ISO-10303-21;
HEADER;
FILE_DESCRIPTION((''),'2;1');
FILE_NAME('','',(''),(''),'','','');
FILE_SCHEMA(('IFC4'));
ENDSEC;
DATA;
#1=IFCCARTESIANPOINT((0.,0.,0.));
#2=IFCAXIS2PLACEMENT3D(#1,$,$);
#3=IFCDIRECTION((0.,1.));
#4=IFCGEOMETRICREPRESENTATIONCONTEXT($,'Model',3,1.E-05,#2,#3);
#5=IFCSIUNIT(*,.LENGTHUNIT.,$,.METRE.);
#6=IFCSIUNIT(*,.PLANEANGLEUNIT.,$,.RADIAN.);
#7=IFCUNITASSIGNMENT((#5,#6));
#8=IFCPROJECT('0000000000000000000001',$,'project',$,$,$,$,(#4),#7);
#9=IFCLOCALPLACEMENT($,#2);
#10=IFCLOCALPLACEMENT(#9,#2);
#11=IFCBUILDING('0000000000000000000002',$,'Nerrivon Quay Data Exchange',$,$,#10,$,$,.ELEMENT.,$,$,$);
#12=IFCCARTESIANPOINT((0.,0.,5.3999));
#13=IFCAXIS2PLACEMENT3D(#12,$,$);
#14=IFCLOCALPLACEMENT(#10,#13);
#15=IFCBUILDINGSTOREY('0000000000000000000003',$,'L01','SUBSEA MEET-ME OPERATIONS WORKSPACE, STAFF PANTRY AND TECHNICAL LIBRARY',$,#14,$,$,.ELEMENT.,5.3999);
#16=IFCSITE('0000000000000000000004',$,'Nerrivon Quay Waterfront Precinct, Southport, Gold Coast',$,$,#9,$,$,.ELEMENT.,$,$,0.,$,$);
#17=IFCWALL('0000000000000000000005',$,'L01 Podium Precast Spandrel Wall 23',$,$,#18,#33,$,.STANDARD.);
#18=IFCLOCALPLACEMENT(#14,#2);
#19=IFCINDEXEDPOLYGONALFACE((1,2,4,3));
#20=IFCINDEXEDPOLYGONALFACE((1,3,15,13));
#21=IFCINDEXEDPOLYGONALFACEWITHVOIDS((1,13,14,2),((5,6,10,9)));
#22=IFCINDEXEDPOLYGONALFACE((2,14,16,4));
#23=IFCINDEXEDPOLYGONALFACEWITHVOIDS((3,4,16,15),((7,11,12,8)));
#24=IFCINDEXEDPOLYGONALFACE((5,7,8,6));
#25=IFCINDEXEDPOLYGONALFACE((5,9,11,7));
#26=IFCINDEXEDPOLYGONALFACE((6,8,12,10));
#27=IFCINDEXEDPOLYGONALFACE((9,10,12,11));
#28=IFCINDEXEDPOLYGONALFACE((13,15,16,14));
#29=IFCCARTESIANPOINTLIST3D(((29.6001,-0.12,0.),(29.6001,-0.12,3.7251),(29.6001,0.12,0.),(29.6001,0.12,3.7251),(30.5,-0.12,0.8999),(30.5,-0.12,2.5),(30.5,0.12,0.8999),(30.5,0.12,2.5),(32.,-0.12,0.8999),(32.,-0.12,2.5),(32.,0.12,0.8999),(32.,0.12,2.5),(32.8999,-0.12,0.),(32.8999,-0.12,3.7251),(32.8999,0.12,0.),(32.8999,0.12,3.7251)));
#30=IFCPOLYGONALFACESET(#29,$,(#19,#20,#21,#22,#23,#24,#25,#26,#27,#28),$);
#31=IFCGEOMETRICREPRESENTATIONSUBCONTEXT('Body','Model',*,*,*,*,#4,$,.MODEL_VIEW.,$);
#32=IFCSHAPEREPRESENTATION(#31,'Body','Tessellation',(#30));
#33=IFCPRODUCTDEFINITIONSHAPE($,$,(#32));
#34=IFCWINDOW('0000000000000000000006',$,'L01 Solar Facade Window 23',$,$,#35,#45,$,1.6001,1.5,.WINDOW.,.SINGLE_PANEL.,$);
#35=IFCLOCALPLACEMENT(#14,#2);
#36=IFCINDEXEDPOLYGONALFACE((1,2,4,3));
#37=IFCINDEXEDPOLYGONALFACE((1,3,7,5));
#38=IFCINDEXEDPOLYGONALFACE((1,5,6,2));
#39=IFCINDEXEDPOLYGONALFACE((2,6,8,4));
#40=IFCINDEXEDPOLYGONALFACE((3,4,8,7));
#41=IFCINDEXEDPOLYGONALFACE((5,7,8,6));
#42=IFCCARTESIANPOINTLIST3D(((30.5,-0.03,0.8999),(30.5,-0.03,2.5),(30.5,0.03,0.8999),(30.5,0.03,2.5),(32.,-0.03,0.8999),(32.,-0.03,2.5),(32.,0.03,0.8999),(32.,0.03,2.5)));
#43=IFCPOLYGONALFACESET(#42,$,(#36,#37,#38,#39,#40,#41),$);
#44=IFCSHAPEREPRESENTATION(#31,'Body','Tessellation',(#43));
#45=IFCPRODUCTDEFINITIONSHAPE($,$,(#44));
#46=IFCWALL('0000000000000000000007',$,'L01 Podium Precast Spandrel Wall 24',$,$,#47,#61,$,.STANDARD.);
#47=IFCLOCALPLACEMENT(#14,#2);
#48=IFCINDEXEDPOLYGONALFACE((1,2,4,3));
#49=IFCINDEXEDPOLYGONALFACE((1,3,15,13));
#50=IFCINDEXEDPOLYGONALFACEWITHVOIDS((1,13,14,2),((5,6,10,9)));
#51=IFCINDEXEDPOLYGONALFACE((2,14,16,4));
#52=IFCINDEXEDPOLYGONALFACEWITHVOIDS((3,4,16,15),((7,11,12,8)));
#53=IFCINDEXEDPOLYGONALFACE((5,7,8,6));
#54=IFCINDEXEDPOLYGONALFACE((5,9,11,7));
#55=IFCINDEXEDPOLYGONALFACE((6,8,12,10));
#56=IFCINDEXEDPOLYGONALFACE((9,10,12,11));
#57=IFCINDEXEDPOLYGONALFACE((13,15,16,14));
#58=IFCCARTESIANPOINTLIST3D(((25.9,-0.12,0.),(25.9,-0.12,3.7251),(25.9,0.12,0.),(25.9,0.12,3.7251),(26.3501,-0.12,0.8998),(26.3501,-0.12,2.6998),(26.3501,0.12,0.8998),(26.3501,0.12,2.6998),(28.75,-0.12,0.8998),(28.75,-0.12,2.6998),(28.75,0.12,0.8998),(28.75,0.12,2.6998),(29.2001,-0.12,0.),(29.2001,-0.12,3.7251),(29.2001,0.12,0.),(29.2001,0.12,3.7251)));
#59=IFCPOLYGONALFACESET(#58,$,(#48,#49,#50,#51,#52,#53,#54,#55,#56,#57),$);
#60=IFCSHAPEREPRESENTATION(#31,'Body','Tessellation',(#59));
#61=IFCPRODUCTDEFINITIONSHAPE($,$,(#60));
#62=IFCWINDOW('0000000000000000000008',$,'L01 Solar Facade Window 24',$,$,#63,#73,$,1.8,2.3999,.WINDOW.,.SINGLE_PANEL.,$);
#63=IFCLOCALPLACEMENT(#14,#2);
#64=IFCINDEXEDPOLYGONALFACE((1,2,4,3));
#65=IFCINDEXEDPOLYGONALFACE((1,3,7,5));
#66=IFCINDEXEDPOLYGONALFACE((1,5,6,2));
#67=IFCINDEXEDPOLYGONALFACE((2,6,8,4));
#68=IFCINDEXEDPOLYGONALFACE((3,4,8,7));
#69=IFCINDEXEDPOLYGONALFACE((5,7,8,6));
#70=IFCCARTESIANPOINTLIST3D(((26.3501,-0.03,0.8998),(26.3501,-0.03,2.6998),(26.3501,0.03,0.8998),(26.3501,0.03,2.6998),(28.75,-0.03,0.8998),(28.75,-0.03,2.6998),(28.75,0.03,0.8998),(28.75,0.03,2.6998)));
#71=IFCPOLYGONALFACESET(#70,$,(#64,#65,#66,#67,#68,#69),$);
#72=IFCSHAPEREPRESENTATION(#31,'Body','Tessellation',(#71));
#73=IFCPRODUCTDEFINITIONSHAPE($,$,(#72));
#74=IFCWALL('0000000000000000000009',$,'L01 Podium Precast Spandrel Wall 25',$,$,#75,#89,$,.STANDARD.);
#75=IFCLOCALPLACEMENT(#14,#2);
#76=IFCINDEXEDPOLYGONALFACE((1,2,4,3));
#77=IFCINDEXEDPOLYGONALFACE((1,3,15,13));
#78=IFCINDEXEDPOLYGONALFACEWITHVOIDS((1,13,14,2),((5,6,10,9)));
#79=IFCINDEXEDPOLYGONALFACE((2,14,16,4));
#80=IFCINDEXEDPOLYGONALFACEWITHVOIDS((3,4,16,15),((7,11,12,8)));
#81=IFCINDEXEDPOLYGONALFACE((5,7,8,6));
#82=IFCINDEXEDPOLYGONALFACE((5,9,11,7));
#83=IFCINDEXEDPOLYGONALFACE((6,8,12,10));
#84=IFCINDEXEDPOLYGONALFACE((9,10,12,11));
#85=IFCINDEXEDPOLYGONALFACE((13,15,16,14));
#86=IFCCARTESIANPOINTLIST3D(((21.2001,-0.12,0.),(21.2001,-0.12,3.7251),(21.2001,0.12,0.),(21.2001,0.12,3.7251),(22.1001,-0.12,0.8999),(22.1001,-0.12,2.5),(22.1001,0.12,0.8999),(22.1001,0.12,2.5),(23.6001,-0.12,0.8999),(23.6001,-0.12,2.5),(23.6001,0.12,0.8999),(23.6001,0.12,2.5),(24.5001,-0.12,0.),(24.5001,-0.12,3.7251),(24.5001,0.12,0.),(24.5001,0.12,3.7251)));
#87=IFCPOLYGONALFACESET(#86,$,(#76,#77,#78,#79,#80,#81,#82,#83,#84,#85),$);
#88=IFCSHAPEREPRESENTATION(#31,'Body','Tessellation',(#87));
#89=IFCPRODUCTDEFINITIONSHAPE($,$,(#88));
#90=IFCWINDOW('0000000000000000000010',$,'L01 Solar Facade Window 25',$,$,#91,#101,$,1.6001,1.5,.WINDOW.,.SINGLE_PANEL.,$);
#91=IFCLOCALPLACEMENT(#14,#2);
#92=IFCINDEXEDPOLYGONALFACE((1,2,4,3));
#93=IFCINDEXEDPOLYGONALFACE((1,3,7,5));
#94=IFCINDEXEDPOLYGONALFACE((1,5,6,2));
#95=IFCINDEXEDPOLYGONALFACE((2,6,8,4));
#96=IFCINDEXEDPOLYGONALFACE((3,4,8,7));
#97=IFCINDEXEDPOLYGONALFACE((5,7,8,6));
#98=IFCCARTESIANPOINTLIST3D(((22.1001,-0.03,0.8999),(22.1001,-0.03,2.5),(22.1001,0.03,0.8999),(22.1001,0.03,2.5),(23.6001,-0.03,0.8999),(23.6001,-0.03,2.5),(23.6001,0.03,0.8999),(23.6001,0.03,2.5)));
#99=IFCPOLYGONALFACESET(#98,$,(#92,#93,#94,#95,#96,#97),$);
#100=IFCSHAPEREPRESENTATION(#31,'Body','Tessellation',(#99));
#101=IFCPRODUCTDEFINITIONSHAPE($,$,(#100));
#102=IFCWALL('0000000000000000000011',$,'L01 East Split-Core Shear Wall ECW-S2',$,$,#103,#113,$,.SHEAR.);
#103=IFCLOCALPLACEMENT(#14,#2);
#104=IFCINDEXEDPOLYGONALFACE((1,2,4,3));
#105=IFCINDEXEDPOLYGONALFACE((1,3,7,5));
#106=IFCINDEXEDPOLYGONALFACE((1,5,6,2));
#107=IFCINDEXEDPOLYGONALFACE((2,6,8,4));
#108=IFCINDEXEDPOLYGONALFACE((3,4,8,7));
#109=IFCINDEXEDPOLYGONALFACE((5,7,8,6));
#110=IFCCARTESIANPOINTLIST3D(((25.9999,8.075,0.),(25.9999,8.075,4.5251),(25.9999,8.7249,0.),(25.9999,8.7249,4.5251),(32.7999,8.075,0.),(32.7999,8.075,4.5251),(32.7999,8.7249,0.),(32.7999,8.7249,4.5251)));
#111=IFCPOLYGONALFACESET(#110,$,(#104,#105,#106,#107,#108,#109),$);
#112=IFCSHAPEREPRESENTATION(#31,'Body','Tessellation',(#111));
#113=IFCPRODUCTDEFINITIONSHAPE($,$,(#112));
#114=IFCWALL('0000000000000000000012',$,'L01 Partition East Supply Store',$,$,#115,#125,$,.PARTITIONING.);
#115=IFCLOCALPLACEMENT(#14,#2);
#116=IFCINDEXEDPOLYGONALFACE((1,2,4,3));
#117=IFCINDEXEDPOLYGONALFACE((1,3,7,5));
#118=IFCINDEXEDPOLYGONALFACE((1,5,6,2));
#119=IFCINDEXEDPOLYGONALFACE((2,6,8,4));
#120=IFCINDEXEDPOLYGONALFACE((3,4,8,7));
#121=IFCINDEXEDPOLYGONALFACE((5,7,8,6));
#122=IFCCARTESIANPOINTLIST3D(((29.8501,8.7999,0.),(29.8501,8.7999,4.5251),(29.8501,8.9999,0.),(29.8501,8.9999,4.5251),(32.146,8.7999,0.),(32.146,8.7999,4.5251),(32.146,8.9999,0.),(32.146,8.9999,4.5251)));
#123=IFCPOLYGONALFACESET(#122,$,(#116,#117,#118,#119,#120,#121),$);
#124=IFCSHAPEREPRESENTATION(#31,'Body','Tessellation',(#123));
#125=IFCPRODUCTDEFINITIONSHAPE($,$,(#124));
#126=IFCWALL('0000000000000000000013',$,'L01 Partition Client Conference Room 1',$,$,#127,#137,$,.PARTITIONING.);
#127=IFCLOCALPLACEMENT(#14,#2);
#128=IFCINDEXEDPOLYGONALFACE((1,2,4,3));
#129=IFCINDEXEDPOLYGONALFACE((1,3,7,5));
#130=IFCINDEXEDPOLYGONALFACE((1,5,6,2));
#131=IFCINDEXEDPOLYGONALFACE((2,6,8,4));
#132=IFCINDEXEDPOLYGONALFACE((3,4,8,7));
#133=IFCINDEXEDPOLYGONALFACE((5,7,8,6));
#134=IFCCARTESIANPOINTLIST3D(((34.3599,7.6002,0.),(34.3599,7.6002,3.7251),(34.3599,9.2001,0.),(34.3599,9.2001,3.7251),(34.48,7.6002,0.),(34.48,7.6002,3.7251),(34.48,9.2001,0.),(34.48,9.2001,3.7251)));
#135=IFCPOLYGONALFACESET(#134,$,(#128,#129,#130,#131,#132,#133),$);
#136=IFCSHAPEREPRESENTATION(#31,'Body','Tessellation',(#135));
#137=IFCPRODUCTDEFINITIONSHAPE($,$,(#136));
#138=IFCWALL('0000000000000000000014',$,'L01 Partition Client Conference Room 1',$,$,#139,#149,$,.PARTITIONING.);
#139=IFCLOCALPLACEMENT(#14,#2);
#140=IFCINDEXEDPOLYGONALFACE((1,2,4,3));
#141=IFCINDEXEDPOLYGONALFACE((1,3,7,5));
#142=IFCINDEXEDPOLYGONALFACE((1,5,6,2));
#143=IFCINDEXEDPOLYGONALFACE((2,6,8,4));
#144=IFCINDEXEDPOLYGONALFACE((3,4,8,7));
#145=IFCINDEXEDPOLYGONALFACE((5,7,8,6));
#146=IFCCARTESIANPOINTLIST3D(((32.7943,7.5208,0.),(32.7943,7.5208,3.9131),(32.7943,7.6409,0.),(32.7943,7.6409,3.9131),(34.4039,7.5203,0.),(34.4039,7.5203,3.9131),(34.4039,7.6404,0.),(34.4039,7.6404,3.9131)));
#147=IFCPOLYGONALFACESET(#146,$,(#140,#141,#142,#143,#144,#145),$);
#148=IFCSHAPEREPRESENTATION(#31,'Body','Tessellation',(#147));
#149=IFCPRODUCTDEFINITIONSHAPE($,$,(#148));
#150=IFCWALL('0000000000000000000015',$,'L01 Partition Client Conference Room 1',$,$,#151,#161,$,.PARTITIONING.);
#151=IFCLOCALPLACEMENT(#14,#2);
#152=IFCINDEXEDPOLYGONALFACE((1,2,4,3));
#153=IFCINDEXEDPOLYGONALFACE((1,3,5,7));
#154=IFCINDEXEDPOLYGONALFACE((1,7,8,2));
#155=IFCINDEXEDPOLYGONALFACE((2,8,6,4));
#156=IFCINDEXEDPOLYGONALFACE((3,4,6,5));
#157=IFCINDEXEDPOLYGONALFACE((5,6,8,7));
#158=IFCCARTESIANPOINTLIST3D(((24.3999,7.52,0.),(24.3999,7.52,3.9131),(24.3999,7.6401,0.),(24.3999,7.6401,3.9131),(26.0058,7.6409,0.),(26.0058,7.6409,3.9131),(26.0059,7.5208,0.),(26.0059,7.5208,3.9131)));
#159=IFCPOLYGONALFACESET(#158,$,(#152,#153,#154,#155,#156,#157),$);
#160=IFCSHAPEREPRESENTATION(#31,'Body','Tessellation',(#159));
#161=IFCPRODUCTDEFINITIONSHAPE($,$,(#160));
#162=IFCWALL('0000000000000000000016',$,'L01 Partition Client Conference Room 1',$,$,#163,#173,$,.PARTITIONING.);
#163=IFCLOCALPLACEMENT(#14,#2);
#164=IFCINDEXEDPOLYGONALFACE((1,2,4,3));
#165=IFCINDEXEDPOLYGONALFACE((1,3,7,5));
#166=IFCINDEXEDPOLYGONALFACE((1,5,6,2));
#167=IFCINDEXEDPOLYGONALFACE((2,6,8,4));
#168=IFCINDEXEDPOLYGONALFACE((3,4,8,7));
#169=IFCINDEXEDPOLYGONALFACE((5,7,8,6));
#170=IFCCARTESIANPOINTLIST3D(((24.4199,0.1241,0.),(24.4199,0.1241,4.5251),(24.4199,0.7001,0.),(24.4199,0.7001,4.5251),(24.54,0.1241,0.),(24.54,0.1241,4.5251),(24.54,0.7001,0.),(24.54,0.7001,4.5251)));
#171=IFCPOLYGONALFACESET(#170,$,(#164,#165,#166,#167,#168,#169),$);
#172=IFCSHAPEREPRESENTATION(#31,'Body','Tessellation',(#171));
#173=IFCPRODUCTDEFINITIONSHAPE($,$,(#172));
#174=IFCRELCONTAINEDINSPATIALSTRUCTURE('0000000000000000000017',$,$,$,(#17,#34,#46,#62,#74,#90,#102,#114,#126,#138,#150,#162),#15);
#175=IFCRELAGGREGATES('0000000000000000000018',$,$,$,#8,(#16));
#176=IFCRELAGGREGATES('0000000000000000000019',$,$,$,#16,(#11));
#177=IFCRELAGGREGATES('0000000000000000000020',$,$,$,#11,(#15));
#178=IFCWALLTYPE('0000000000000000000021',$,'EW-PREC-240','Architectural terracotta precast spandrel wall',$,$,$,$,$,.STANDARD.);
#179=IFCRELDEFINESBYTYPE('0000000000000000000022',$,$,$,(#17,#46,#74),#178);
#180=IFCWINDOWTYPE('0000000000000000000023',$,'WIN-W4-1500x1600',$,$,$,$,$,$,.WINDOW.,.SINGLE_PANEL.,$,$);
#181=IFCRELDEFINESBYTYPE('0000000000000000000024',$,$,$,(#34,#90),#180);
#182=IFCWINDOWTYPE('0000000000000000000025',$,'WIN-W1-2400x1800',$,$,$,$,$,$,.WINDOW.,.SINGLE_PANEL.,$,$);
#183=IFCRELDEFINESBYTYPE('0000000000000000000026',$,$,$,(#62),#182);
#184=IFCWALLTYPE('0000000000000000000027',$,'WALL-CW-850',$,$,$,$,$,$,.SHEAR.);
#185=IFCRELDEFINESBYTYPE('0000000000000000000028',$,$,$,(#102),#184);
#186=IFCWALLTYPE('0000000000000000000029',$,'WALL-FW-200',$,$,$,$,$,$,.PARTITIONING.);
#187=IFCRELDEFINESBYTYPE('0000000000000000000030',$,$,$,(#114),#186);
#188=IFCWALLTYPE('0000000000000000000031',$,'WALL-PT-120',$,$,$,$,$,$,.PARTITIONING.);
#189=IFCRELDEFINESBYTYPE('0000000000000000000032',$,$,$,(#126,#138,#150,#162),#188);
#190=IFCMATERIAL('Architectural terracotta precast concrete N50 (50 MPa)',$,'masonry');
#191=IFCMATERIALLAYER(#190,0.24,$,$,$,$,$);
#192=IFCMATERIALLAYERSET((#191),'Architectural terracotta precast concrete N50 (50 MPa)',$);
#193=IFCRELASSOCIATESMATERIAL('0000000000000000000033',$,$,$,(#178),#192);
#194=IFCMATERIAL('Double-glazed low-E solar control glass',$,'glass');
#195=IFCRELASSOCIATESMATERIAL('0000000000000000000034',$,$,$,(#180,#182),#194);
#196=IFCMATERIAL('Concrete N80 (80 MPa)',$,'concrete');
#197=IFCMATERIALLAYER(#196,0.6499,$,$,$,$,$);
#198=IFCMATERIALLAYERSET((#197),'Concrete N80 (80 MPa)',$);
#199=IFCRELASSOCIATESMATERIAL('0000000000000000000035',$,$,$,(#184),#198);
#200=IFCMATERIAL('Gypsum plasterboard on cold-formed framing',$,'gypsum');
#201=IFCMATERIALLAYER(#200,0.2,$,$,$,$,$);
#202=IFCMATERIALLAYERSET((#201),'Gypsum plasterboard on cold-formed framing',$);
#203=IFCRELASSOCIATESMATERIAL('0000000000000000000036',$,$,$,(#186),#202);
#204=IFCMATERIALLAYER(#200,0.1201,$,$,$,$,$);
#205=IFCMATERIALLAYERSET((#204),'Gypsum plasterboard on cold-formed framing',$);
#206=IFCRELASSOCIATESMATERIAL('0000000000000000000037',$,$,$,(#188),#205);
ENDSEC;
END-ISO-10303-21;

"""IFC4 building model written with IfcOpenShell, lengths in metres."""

from ifc_helpers import new_model, si_unit, direction, frame, frame_2d, origin, place, context, subcontext, project, spatial, rectangle, extrude, material, layer, layer_set, type_object, element, fill, save


model = new_model("IFC4")

# Units and contexts
model_context = context("Model", 3, precision=1e-05, world=origin(), true_north=direction((0.0, 1.0)))
body_context = subcontext(model_context, "Body", "Model", "MODEL_VIEW")
ifc_project = project(units=[si_unit("LENGTHUNIT", "METRE"), si_unit("PLANEANGLEUNIT", "RADIAN")], contexts=[model_context])

# Site, building, storey
site_placement = place(None, origin())
site = spatial("IfcSite", under=ifc_project, at=site_placement, Name="Nerrivon Quay Waterfront Precinct, Southport, Gold Coast", CompositionType="ELEMENT", RefElevation=0.0)
building_placement = place(site_placement, origin())
building = spatial("IfcBuilding", under=site, at=building_placement, Name="Nerrivon Quay Data Exchange", CompositionType="ELEMENT")
storey_placement = place(building_placement, frame((0.0, 0.0, 5.3999)))
storey = spatial("IfcBuildingStorey", under=building, at=storey_placement, Name="L01", Description="SUBSEA MEET-ME OPERATIONS WORKSPACE, STAFF PANTRY AND TECHNICAL LIBRARY", CompositionType="ELEMENT", Elevation=5.3999)

# Shared definitions
ifc_material_1 = material(Name="Concrete N80 (80 MPa)", Category="concrete")

# Walls, openings, windows
ifc_material_2 = material(Name="Architectural terracotta precast concrete N50 (50 MPa)", Category="masonry")
ifc_layer_1 = layer(ifc_material_2, 0.24)
ifc_layer_set_1 = layer_set([ifc_layer_1], Name="Architectural terracotta precast concrete N50 (50 MPa)")
wall_type_1 = type_object("IfcWallType", Name="EW-PREC-240", Description="Architectural terracotta precast spandrel wall", PredefinedType="STANDARD", material=ifc_layer_set_1)
wall_1_placement = place(storey_placement, frame((32.8999, 0.0, 0.0), z_axis=(0.0, 0.0, 1.0), x_axis=(-1.0, 0.0, 0.0)))
wall_1 = element("IfcWall", 1, at=wall_1_placement, inside=storey, type_object=wall_type_1, Name="L01 Podium Precast Spandrel Wall 23", PredefinedType="STANDARD", context=body_context, shape_type="SweptSolid", body=[
    extrude(rectangle(XDim=3.2998, YDim=0.24, at=frame_2d((1.6499, 0.0))), origin(), (0.0, 0.0, 1.0), 3.7251),
])
opening_1_placement = place(wall_1_placement, frame((0.8999, 0.0, 0.8999)))
opening_1 = element("IfcOpeningElement", 2, at=opening_1_placement, cuts=wall_1, PredefinedType="OPENING", context=body_context, shape_type="SweptSolid", body=[
    extrude(rectangle(XDim=1.5, YDim=1.6001, at=frame_2d((0.75, 0.8))), frame((0.0, 0.1299, 0.0), z_axis=(0.0, -1.0, 0.0), x_axis=(1.0, 0.0, 0.0)), (0.0, 0.0, 1.0), 0.26),
])
ifc_material_3 = material(Name="Double-glazed low-E solar control glass", Category="glass")
window_type_1 = type_object("IfcWindowType", Name="WIN-W4-1500x1600", PartitioningType="SINGLE_PANEL", PredefinedType="WINDOW", material=ifc_material_3)
window_1_placement = place(opening_1_placement, origin())
window_1 = element("IfcWindow", 3, at=window_1_placement, inside=storey, type_object=window_type_1, Name="L01 Solar Facade Window 23", OverallHeight=1.6001, OverallWidth=1.5, PartitioningType="SINGLE_PANEL", PredefinedType="WINDOW", context=body_context, shape_type="SweptSolid", body=[
    extrude(rectangle(XDim=1.5, YDim=1.6001, at=frame_2d((0.75, 0.8))), frame((0.0, 0.03, 0.0), z_axis=(0.0, -1.0, 0.0), x_axis=(1.0, 0.0, 0.0)), (0.0, 0.0, 1.0), 0.0601),
])
fill(opening_1, window_1)
wall_2_placement = place(storey_placement, frame((29.2, 0.0, 0.0), z_axis=(0.0, 0.0, 1.0), x_axis=(-1.0, 0.0, 0.0)))
wall_2 = element("IfcWall", 4, at=wall_2_placement, inside=storey, type_object=wall_type_1, Name="L01 Podium Precast Spandrel Wall 24", PredefinedType="STANDARD", context=body_context, shape_type="SweptSolid", body=[
    extrude(rectangle(XDim=3.3, YDim=0.24, at=frame_2d((1.6499, 0.0))), origin(), (0.0, 0.0, 1.0), 3.7251),
])
opening_2_placement = place(wall_2_placement, frame((0.45, 0.0, 0.8999)))
opening_2 = element("IfcOpeningElement", 5, at=opening_2_placement, cuts=wall_2, PredefinedType="OPENING", context=body_context, shape_type="SweptSolid", body=[
    extrude(rectangle(XDim=2.3999, YDim=1.8, at=frame_2d((1.2, 0.8999))), frame((0.0, 0.1299, 0.0), z_axis=(0.0, -1.0, 0.0), x_axis=(1.0, 0.0, 0.0)), (0.0, 0.0, 1.0), 0.26),
])
window_type_2 = type_object("IfcWindowType", Name="WIN-W1-2400x1800", PartitioningType="SINGLE_PANEL", PredefinedType="WINDOW", material=ifc_material_3)
window_2_placement = place(opening_2_placement, origin())
window_2 = element("IfcWindow", 6, at=window_2_placement, inside=storey, type_object=window_type_2, Name="L01 Solar Facade Window 24", OverallHeight=1.8, OverallWidth=2.3999, PartitioningType="SINGLE_PANEL", PredefinedType="WINDOW", context=body_context, shape_type="SweptSolid", body=[
    extrude(rectangle(XDim=2.3999, YDim=1.8, at=frame_2d((1.2, 0.8999))), frame((0.0, 0.03, 0.0), z_axis=(0.0, -1.0, 0.0), x_axis=(1.0, 0.0, 0.0)), (0.0, 0.0, 1.0), 0.0601),
])
fill(opening_2, window_2)
wall_3_placement = place(storey_placement, frame((24.5, 0.0, 0.0), z_axis=(0.0, 0.0, 1.0), x_axis=(-1.0, 0.0, 0.0)))
wall_3 = element("IfcWall", 7, at=wall_3_placement, inside=storey, type_object=wall_type_1, Name="L01 Podium Precast Spandrel Wall 25", PredefinedType="STANDARD", context=body_context, shape_type="SweptSolid", body=[
    extrude(rectangle(XDim=3.3, YDim=0.24, at=frame_2d((1.6499, 0.0))), origin(), (0.0, 0.0, 1.0), 3.7251),
])
opening_3_placement = place(wall_3_placement, frame((0.8999, 0.0, 0.8999)))
opening_3 = element("IfcOpeningElement", 8, at=opening_3_placement, cuts=wall_3, PredefinedType="OPENING", context=body_context, shape_type="SweptSolid", body=[
    extrude(rectangle(XDim=1.5, YDim=1.6001, at=frame_2d((0.75, 0.8))), frame((0.0, 0.1299, 0.0), z_axis=(0.0, -1.0, 0.0), x_axis=(1.0, 0.0, 0.0)), (0.0, 0.0, 1.0), 0.26),
])
window_3_placement = place(opening_3_placement, origin())
window_3 = element("IfcWindow", 9, at=window_3_placement, inside=storey, type_object=window_type_1, Name="L01 Solar Facade Window 25", OverallHeight=1.6001, OverallWidth=1.5, PartitioningType="SINGLE_PANEL", PredefinedType="WINDOW", context=body_context, shape_type="SweptSolid", body=[
    extrude(rectangle(XDim=1.5, YDim=1.6001, at=frame_2d((0.75, 0.8))), frame((0.0, 0.03, 0.0), z_axis=(0.0, -1.0, 0.0), x_axis=(1.0, 0.0, 0.0)), (0.0, 0.0, 1.0), 0.0601),
])
fill(opening_3, window_3)

# Wall
ifc_layer_2 = layer(ifc_material_1, 0.6499)
ifc_layer_set_2 = layer_set([ifc_layer_2], Name="Concrete N80 (80 MPa)")
wall_type_2 = type_object("IfcWallType", Name="WALL-CW-850", PredefinedType="SHEAR", material=ifc_layer_set_2)
wall_4_placement = place(storey_placement, frame((26.0, 8.3999, 0.0), z_axis=(0.0, 0.0, 1.0), x_axis=(1.0, 0.0, 0.0)))
element("IfcWall", 10, at=wall_4_placement, inside=storey, type_object=wall_type_2, Name="L01 East Split-Core Shear Wall ECW-S2", PredefinedType="SHEAR", context=body_context, shape_type="SweptSolid", body=[
    extrude(rectangle(XDim=6.8, YDim=0.6499, at=frame_2d((3.3999, 0.0))), origin(), (0.0, 0.0, 1.0), 4.5251),
])

# Walls
ifc_material_4 = material(Name="Gypsum plasterboard on cold-formed framing", Category="gypsum")
ifc_layer_3 = layer(ifc_material_4, 0.2)
ifc_layer_set_3 = layer_set([ifc_layer_3], Name="Gypsum plasterboard on cold-formed framing")
wall_type_3 = type_object("IfcWallType", Name="WALL-FW-200", PredefinedType="PARTITIONING", material=ifc_layer_set_3)
wall_5_placement = place(storey_placement, frame((29.8501, 8.8999, 0.0), z_axis=(0.0, 0.0, 1.0), x_axis=(1.0, 0.0, 0.0)))
element("IfcWall", 11, at=wall_5_placement, inside=storey, type_object=wall_type_3, Name="L01 Partition East Supply Store", PredefinedType="PARTITIONING", context=body_context, shape_type="SweptSolid", body=[
    extrude(rectangle(XDim=2.2959, YDim=0.2, at=frame_2d((1.1479, 0.0))), origin(), (0.0, 0.0, 1.0), 4.5251),
])
ifc_layer_4 = layer(ifc_material_4, 0.1201)
ifc_layer_set_4 = layer_set([ifc_layer_4], Name="Gypsum plasterboard on cold-formed framing")
wall_type_4 = type_object("IfcWallType", Name="WALL-PT-120", PredefinedType="PARTITIONING", material=ifc_layer_set_4)
wall_6_placement = place(storey_placement, frame((34.4199, 9.2, 0.0), z_axis=(0.0, 0.0, 1.0), x_axis=(0.0, -1.0, 0.0)))
element("IfcWall", 12, at=wall_6_placement, inside=storey, type_object=wall_type_4, Name="L01 Partition Client Conference Room 1", PredefinedType="PARTITIONING", context=body_context, shape_type="SweptSolid", body=[
    extrude(rectangle(XDim=1.5999, YDim=0.1201, at=frame_2d((0.7998, 0.0))), origin(), (0.0, 0.0, 1.0), 3.7251),
])
wall_7_placement = place(storey_placement, frame((34.4038, 7.5803, 0.0), z_axis=(0.0, 0.0, 1.0), x_axis=(-1.0, 0.000303, 0.0)))
element("IfcWall", 13, at=wall_7_placement, inside=storey, type_object=wall_type_4, Name="L01 Partition Client Conference Room 1", PredefinedType="PARTITIONING", context=body_context, shape_type="SweptSolid", body=[
    extrude(rectangle(XDim=1.6096, YDim=0.1201, at=frame_2d((0.8047, 0.0))), origin(), (0.0, 0.0, 1.0), 3.9131),
])
wall_8_placement = place(storey_placement, frame((26.0059, 7.5808, 0.0), z_axis=(0.0, 0.0, 1.0), x_axis=(-1.0, -0.000456, 0.0)))
element("IfcWall", 14, at=wall_8_placement, inside=storey, type_object=wall_type_4, Name="L01 Partition Client Conference Room 1", PredefinedType="PARTITIONING", context=body_context, shape_type="SweptSolid", body=[
    extrude(rectangle(XDim=1.606, YDim=0.1201, at=frame_2d((0.803, 0.0))), origin(), (0.0, 0.0, 1.0), 3.9131),
])
wall_9_placement = place(storey_placement, frame((24.48, 0.124, 0.0), z_axis=(0.0, 0.0, 1.0), x_axis=(0.0, 1.0, 0.0)))
element("IfcWall", 15, at=wall_9_placement, inside=storey, type_object=wall_type_4, Name="L01 Partition Client Conference Room 1", PredefinedType="PARTITIONING", context=body_context, shape_type="SweptSolid", body=[
    extrude(rectangle(XDim=0.5759, YDim=0.1201, at=frame_2d((0.2881, 0.0))), origin(), (0.0, 0.0, 1.0), 4.5251),
])

save(model, "model.ifc")
